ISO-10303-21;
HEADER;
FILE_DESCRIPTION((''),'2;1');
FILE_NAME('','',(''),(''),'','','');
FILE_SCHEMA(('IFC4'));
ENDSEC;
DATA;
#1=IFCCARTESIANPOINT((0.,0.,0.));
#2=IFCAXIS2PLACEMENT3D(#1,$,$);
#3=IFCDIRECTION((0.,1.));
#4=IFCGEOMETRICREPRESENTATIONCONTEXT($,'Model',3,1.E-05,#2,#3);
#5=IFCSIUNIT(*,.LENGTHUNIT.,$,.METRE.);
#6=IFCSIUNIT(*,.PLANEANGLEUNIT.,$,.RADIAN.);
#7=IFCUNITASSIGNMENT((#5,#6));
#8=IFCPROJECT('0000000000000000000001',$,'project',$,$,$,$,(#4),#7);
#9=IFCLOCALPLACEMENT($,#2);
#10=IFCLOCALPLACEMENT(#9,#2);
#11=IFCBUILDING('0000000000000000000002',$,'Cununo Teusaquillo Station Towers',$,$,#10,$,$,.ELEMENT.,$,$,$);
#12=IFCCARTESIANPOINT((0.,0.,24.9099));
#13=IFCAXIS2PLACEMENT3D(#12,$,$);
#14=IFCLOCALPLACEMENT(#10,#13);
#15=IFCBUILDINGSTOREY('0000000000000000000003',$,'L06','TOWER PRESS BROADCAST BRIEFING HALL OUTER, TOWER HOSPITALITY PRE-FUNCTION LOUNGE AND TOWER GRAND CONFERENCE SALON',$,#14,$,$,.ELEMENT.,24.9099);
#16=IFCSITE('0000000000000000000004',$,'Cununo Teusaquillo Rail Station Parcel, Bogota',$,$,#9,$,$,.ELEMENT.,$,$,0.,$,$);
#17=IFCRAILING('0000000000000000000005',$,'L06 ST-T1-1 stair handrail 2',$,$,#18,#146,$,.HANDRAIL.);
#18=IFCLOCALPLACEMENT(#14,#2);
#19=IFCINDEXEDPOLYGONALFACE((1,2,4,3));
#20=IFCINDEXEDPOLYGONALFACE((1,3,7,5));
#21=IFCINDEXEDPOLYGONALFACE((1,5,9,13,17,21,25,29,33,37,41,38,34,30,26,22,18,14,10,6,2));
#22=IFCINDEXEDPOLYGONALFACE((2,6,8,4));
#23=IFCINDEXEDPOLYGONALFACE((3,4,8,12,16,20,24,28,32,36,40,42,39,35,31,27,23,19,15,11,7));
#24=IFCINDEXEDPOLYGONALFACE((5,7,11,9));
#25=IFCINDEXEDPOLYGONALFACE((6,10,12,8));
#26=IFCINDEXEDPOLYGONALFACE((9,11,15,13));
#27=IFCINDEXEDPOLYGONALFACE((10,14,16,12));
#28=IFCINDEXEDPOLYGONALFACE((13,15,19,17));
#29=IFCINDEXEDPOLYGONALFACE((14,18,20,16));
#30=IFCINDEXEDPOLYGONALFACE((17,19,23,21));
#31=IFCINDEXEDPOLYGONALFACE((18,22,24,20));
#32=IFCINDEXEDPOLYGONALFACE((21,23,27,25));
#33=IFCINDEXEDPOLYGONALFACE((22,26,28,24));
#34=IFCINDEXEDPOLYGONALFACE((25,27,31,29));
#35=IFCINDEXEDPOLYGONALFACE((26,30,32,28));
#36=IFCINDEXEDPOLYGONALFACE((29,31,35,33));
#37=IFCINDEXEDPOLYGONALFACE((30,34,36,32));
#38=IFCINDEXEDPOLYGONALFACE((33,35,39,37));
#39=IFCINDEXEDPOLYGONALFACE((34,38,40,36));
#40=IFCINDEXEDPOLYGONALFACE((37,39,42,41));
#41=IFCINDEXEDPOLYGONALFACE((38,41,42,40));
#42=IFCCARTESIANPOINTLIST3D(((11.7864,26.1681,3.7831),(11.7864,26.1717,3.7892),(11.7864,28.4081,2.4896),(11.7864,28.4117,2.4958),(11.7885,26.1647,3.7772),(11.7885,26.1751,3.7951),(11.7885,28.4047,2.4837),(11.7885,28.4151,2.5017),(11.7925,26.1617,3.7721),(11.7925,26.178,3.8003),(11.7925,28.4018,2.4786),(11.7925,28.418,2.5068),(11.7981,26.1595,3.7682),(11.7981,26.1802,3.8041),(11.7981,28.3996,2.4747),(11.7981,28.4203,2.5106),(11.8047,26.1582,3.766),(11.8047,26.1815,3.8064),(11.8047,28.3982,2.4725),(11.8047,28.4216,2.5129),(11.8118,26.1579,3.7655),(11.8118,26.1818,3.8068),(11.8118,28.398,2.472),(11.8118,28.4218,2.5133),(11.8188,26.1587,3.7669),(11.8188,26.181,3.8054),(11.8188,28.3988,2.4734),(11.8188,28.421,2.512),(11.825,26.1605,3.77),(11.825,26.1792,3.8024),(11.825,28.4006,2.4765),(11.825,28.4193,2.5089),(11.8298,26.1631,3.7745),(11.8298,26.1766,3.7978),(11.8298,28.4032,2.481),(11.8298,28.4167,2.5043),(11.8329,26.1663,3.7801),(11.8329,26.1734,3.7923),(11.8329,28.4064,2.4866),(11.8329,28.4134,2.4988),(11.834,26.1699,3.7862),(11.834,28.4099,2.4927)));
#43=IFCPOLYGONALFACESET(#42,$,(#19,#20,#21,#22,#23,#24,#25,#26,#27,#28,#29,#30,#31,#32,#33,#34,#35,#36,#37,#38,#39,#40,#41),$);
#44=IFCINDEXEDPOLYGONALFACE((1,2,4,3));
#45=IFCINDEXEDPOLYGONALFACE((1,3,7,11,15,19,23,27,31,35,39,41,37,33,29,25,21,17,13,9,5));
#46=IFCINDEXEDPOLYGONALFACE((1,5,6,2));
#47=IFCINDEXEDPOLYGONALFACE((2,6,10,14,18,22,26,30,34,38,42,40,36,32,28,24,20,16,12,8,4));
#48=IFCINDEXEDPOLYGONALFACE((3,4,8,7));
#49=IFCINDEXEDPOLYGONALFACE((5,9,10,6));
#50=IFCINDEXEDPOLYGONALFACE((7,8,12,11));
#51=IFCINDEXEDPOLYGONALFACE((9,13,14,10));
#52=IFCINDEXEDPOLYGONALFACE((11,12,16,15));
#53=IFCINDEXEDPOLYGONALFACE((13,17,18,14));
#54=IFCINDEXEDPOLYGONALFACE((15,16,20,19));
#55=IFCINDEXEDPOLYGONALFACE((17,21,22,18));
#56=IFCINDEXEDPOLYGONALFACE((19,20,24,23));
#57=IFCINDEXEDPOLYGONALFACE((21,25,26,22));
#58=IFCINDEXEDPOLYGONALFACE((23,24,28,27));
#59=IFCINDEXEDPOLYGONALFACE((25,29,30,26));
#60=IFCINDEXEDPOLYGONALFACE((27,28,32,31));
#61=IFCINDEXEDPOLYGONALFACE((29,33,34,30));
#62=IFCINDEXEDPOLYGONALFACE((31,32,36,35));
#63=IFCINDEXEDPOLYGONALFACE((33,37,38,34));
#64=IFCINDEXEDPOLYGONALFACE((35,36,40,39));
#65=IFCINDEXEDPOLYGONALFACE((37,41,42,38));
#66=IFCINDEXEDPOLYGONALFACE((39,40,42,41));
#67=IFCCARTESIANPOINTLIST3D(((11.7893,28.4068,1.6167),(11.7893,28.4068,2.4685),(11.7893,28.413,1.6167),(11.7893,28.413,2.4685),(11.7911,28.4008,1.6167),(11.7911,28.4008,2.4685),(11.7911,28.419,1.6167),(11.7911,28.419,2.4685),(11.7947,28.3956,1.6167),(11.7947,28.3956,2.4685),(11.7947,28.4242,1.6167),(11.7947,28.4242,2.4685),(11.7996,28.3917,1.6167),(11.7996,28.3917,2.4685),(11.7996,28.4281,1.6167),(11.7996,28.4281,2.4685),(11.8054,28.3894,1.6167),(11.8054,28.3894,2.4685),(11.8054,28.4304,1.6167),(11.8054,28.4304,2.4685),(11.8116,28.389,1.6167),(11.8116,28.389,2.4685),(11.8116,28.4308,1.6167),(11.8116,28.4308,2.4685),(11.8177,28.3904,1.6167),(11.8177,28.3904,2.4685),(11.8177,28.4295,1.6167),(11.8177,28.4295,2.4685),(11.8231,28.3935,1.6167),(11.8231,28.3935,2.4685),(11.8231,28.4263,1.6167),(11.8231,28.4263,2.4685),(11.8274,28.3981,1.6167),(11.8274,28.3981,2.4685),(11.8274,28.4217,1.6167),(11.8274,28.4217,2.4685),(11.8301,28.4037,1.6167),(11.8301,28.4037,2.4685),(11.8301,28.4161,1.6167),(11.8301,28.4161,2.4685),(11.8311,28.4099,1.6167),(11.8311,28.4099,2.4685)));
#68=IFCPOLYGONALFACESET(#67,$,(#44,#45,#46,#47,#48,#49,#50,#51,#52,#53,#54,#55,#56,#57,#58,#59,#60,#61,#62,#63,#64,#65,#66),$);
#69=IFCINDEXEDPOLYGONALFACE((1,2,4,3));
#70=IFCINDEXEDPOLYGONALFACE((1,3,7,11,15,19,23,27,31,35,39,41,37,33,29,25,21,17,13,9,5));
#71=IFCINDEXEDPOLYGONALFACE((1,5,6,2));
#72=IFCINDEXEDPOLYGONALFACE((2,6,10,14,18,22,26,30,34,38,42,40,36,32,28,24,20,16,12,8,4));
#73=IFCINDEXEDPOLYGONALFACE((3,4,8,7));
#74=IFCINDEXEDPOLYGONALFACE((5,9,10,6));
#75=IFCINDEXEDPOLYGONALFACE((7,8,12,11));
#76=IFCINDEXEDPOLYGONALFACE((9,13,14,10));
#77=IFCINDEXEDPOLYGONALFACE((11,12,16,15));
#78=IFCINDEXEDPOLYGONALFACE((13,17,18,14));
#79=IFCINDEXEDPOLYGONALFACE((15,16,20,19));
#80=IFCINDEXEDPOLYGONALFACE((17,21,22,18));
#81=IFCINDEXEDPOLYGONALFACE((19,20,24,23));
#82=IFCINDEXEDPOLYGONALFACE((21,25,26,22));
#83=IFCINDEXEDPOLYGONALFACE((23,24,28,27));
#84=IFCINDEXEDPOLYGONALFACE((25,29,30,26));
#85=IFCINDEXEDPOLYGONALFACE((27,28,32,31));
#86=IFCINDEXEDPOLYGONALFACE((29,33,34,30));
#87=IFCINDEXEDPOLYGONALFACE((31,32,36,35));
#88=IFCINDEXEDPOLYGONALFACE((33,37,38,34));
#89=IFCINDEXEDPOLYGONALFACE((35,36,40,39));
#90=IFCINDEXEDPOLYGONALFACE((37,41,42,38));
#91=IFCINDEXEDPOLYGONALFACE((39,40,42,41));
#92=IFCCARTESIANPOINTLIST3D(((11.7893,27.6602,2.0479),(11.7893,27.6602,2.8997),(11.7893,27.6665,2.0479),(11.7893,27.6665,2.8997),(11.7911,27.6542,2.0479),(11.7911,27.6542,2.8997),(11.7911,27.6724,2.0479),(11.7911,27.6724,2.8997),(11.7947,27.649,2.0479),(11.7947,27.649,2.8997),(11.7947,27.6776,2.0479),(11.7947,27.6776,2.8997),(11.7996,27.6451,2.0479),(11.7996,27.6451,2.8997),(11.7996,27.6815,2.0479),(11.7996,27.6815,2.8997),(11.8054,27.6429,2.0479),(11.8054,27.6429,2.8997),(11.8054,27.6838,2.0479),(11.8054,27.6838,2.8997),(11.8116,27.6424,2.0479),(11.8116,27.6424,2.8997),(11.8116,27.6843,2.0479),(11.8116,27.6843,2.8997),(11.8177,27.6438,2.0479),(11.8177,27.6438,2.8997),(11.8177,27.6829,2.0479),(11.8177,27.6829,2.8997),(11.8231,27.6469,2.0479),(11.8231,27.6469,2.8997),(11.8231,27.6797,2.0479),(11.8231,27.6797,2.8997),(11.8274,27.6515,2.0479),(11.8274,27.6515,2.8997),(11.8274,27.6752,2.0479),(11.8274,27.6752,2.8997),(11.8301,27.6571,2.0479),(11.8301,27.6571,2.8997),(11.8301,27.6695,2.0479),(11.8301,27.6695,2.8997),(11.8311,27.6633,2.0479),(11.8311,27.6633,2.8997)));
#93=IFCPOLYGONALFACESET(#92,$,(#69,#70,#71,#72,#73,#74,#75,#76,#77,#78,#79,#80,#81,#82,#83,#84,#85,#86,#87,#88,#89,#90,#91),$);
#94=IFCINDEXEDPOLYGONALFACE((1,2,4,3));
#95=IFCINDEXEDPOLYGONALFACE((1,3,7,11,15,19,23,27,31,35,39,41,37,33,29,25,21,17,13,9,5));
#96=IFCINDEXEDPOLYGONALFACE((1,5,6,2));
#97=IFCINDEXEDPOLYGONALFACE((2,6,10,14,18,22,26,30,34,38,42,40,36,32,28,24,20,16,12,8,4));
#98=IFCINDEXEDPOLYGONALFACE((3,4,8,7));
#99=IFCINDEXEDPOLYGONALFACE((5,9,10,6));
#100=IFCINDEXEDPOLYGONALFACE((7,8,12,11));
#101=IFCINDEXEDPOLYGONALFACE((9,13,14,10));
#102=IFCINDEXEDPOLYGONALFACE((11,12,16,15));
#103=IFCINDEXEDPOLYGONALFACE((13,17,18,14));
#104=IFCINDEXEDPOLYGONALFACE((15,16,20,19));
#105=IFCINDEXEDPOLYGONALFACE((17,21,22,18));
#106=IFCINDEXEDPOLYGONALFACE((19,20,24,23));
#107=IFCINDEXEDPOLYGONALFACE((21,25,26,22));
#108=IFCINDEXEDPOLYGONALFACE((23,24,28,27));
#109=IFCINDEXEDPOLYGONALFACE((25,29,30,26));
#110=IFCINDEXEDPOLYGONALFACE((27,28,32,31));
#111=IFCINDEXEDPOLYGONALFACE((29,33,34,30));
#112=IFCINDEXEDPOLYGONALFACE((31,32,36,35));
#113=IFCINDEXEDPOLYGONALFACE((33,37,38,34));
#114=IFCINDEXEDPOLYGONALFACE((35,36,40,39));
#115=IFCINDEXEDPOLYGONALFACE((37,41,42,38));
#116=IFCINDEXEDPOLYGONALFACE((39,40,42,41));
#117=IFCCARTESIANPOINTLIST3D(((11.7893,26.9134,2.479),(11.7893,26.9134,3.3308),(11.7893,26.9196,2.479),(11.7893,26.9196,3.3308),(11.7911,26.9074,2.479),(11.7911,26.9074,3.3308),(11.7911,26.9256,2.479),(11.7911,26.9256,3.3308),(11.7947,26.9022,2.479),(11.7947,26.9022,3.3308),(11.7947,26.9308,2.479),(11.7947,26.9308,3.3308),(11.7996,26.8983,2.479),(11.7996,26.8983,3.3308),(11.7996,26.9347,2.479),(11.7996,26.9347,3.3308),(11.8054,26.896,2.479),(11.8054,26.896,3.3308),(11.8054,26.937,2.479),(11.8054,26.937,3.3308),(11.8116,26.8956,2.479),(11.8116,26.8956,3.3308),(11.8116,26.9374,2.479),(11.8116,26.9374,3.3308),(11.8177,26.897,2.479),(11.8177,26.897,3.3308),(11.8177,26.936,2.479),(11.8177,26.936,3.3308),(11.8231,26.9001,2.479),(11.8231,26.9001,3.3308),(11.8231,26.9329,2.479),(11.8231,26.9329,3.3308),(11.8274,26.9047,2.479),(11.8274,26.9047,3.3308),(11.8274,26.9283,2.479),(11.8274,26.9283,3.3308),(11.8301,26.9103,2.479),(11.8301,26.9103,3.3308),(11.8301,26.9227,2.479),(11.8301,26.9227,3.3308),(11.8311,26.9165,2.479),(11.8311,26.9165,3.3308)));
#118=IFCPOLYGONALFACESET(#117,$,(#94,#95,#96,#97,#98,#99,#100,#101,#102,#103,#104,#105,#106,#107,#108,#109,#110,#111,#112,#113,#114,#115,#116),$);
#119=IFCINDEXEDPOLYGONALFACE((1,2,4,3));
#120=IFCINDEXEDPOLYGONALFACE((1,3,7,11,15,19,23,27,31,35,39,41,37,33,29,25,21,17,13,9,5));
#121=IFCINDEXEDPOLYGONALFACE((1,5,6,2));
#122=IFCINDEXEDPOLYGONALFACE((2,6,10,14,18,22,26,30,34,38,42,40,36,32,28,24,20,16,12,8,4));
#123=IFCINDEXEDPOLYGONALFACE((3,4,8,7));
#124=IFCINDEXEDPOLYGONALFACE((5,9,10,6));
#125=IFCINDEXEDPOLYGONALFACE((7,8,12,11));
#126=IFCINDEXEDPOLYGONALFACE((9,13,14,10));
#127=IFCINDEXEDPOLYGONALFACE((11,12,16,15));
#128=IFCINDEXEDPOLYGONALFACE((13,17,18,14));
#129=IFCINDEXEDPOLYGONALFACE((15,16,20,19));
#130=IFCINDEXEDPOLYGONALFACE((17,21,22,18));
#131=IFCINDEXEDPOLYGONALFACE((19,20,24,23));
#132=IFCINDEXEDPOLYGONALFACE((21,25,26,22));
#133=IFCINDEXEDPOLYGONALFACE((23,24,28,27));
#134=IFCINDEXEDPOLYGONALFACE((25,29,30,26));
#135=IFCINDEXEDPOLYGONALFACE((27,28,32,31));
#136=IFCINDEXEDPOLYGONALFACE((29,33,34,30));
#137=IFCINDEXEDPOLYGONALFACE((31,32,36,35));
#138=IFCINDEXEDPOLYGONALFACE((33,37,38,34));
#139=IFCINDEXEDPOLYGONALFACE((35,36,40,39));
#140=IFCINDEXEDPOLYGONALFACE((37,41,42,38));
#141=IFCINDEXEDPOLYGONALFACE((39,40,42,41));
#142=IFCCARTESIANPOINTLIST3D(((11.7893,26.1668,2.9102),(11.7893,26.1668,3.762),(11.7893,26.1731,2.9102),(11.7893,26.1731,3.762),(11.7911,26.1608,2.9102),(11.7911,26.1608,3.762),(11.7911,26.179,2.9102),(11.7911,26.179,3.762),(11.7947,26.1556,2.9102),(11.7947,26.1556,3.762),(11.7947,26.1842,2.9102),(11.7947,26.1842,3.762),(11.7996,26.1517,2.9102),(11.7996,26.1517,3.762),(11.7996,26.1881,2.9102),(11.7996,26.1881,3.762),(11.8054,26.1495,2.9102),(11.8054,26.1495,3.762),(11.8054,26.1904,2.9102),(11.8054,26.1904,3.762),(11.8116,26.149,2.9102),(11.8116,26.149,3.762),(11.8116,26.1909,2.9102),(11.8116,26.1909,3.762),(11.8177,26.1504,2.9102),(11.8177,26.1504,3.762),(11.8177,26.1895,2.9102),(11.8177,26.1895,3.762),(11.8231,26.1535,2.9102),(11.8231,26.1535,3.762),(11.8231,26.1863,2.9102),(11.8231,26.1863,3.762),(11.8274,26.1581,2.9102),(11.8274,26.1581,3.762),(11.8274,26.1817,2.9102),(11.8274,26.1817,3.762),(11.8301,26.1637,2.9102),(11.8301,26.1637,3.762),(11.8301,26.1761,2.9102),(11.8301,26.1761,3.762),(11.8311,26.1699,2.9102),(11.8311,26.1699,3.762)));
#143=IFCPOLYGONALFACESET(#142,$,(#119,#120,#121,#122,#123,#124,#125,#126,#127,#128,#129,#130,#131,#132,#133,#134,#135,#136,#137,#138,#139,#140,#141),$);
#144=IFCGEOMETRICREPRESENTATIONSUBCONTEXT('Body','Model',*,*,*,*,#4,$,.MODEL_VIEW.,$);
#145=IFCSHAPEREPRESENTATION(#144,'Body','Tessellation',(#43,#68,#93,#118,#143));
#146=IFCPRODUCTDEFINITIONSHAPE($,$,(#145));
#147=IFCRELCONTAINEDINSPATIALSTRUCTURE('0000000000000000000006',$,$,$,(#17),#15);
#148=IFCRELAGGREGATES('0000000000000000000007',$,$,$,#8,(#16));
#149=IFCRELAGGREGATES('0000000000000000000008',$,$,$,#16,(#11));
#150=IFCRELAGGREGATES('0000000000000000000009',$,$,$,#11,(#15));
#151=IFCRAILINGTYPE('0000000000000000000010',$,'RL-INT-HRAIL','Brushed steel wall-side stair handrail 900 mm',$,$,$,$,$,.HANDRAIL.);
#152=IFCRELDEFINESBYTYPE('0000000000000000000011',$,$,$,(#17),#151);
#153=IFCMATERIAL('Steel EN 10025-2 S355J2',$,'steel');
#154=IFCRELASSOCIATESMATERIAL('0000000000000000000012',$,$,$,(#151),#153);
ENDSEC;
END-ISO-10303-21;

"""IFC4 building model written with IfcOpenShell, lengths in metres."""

from ifc_helpers import new_model, si_unit, direction, frame, origin, origin_2d, place, context, subcontext, project, spatial, circle, extrude, material, type_object, element, save


model = new_model("IFC4")

# Units and contexts
model_context = context("Model", 3, precision=1e-05, world=origin(), true_north=direction((0.0, 1.0)))
body_context = subcontext(model_context, "Body", "Model", "MODEL_VIEW")
ifc_project = project(units=[si_unit("LENGTHUNIT", "METRE"), si_unit("PLANEANGLEUNIT", "RADIAN")], contexts=[model_context])

# Site, building, storey
site_placement = place(None, origin())
site = spatial("IfcSite", under=ifc_project, at=site_placement, Name="Cununo Teusaquillo Rail Station Parcel, Bogota", CompositionType="ELEMENT", RefElevation=0.0)
building_placement = place(site_placement, origin())
building = spatial("IfcBuilding", under=site, at=building_placement, Name="Cununo Teusaquillo Station Towers", CompositionType="ELEMENT")
storey_placement = place(building_placement, frame((0.0, 0.0, 24.9099)))
storey = spatial("IfcBuildingStorey", under=building, at=storey_placement, Name="L06", Description="TOWER PRESS BROADCAST BRIEFING HALL OUTER, TOWER HOSPITALITY PRE-FUNCTION LOUNGE AND TOWER GRAND CONFERENCE SALON", CompositionType="ELEMENT", Elevation=24.9099)

# Railing
ifc_material_1 = material(Name="Steel EN 10025-2 S355J2", Category="steel")
railing_type_1 = type_object("IfcRailingType", Name="RL-INT-HRAIL", Description="Brushed steel wall-side stair handrail 900 mm", PredefinedType="HANDRAIL", material=ifc_material_1)
railing_1_placement = place(storey_placement, frame((11.8101, 28.4099, 1.6167)))
element("IfcRailing", 1, at=railing_1_placement, inside=storey, type_object=railing_type_1, Name="L06 ST-T1-1 stair handrail 2", PredefinedType="HANDRAIL", context=body_context, shape_type="SweptSolid", body=[
    extrude(circle(Radius=0.0239, at=origin_2d()), frame((0.0, 0.0, 0.876), z_axis=(0.0, -0.865992, 0.500057), x_axis=(1.0, 0.0, 0.0)), (0.0, 0.0, 1.0), 2.5867),
    extrude(circle(Radius=0.021, at=origin_2d()), origin(), (0.0, 0.0, 1.0), 0.8518),
    extrude(circle(Radius=0.021, at=origin_2d()), frame((0.0, -0.7466, 0.4312)), (0.0, 0.0, 1.0), 0.8518),
    extrude(circle(Radius=0.021, at=origin_2d()), frame((0.0, -1.4934, 0.8623)), (0.0, 0.0, 1.0), 0.8518),
    extrude(circle(Radius=0.021, at=origin_2d()), frame((0.0, -2.24, 1.2935)), (0.0, 0.0, 1.0), 0.8518),
])

save(model, "model.ifc")
